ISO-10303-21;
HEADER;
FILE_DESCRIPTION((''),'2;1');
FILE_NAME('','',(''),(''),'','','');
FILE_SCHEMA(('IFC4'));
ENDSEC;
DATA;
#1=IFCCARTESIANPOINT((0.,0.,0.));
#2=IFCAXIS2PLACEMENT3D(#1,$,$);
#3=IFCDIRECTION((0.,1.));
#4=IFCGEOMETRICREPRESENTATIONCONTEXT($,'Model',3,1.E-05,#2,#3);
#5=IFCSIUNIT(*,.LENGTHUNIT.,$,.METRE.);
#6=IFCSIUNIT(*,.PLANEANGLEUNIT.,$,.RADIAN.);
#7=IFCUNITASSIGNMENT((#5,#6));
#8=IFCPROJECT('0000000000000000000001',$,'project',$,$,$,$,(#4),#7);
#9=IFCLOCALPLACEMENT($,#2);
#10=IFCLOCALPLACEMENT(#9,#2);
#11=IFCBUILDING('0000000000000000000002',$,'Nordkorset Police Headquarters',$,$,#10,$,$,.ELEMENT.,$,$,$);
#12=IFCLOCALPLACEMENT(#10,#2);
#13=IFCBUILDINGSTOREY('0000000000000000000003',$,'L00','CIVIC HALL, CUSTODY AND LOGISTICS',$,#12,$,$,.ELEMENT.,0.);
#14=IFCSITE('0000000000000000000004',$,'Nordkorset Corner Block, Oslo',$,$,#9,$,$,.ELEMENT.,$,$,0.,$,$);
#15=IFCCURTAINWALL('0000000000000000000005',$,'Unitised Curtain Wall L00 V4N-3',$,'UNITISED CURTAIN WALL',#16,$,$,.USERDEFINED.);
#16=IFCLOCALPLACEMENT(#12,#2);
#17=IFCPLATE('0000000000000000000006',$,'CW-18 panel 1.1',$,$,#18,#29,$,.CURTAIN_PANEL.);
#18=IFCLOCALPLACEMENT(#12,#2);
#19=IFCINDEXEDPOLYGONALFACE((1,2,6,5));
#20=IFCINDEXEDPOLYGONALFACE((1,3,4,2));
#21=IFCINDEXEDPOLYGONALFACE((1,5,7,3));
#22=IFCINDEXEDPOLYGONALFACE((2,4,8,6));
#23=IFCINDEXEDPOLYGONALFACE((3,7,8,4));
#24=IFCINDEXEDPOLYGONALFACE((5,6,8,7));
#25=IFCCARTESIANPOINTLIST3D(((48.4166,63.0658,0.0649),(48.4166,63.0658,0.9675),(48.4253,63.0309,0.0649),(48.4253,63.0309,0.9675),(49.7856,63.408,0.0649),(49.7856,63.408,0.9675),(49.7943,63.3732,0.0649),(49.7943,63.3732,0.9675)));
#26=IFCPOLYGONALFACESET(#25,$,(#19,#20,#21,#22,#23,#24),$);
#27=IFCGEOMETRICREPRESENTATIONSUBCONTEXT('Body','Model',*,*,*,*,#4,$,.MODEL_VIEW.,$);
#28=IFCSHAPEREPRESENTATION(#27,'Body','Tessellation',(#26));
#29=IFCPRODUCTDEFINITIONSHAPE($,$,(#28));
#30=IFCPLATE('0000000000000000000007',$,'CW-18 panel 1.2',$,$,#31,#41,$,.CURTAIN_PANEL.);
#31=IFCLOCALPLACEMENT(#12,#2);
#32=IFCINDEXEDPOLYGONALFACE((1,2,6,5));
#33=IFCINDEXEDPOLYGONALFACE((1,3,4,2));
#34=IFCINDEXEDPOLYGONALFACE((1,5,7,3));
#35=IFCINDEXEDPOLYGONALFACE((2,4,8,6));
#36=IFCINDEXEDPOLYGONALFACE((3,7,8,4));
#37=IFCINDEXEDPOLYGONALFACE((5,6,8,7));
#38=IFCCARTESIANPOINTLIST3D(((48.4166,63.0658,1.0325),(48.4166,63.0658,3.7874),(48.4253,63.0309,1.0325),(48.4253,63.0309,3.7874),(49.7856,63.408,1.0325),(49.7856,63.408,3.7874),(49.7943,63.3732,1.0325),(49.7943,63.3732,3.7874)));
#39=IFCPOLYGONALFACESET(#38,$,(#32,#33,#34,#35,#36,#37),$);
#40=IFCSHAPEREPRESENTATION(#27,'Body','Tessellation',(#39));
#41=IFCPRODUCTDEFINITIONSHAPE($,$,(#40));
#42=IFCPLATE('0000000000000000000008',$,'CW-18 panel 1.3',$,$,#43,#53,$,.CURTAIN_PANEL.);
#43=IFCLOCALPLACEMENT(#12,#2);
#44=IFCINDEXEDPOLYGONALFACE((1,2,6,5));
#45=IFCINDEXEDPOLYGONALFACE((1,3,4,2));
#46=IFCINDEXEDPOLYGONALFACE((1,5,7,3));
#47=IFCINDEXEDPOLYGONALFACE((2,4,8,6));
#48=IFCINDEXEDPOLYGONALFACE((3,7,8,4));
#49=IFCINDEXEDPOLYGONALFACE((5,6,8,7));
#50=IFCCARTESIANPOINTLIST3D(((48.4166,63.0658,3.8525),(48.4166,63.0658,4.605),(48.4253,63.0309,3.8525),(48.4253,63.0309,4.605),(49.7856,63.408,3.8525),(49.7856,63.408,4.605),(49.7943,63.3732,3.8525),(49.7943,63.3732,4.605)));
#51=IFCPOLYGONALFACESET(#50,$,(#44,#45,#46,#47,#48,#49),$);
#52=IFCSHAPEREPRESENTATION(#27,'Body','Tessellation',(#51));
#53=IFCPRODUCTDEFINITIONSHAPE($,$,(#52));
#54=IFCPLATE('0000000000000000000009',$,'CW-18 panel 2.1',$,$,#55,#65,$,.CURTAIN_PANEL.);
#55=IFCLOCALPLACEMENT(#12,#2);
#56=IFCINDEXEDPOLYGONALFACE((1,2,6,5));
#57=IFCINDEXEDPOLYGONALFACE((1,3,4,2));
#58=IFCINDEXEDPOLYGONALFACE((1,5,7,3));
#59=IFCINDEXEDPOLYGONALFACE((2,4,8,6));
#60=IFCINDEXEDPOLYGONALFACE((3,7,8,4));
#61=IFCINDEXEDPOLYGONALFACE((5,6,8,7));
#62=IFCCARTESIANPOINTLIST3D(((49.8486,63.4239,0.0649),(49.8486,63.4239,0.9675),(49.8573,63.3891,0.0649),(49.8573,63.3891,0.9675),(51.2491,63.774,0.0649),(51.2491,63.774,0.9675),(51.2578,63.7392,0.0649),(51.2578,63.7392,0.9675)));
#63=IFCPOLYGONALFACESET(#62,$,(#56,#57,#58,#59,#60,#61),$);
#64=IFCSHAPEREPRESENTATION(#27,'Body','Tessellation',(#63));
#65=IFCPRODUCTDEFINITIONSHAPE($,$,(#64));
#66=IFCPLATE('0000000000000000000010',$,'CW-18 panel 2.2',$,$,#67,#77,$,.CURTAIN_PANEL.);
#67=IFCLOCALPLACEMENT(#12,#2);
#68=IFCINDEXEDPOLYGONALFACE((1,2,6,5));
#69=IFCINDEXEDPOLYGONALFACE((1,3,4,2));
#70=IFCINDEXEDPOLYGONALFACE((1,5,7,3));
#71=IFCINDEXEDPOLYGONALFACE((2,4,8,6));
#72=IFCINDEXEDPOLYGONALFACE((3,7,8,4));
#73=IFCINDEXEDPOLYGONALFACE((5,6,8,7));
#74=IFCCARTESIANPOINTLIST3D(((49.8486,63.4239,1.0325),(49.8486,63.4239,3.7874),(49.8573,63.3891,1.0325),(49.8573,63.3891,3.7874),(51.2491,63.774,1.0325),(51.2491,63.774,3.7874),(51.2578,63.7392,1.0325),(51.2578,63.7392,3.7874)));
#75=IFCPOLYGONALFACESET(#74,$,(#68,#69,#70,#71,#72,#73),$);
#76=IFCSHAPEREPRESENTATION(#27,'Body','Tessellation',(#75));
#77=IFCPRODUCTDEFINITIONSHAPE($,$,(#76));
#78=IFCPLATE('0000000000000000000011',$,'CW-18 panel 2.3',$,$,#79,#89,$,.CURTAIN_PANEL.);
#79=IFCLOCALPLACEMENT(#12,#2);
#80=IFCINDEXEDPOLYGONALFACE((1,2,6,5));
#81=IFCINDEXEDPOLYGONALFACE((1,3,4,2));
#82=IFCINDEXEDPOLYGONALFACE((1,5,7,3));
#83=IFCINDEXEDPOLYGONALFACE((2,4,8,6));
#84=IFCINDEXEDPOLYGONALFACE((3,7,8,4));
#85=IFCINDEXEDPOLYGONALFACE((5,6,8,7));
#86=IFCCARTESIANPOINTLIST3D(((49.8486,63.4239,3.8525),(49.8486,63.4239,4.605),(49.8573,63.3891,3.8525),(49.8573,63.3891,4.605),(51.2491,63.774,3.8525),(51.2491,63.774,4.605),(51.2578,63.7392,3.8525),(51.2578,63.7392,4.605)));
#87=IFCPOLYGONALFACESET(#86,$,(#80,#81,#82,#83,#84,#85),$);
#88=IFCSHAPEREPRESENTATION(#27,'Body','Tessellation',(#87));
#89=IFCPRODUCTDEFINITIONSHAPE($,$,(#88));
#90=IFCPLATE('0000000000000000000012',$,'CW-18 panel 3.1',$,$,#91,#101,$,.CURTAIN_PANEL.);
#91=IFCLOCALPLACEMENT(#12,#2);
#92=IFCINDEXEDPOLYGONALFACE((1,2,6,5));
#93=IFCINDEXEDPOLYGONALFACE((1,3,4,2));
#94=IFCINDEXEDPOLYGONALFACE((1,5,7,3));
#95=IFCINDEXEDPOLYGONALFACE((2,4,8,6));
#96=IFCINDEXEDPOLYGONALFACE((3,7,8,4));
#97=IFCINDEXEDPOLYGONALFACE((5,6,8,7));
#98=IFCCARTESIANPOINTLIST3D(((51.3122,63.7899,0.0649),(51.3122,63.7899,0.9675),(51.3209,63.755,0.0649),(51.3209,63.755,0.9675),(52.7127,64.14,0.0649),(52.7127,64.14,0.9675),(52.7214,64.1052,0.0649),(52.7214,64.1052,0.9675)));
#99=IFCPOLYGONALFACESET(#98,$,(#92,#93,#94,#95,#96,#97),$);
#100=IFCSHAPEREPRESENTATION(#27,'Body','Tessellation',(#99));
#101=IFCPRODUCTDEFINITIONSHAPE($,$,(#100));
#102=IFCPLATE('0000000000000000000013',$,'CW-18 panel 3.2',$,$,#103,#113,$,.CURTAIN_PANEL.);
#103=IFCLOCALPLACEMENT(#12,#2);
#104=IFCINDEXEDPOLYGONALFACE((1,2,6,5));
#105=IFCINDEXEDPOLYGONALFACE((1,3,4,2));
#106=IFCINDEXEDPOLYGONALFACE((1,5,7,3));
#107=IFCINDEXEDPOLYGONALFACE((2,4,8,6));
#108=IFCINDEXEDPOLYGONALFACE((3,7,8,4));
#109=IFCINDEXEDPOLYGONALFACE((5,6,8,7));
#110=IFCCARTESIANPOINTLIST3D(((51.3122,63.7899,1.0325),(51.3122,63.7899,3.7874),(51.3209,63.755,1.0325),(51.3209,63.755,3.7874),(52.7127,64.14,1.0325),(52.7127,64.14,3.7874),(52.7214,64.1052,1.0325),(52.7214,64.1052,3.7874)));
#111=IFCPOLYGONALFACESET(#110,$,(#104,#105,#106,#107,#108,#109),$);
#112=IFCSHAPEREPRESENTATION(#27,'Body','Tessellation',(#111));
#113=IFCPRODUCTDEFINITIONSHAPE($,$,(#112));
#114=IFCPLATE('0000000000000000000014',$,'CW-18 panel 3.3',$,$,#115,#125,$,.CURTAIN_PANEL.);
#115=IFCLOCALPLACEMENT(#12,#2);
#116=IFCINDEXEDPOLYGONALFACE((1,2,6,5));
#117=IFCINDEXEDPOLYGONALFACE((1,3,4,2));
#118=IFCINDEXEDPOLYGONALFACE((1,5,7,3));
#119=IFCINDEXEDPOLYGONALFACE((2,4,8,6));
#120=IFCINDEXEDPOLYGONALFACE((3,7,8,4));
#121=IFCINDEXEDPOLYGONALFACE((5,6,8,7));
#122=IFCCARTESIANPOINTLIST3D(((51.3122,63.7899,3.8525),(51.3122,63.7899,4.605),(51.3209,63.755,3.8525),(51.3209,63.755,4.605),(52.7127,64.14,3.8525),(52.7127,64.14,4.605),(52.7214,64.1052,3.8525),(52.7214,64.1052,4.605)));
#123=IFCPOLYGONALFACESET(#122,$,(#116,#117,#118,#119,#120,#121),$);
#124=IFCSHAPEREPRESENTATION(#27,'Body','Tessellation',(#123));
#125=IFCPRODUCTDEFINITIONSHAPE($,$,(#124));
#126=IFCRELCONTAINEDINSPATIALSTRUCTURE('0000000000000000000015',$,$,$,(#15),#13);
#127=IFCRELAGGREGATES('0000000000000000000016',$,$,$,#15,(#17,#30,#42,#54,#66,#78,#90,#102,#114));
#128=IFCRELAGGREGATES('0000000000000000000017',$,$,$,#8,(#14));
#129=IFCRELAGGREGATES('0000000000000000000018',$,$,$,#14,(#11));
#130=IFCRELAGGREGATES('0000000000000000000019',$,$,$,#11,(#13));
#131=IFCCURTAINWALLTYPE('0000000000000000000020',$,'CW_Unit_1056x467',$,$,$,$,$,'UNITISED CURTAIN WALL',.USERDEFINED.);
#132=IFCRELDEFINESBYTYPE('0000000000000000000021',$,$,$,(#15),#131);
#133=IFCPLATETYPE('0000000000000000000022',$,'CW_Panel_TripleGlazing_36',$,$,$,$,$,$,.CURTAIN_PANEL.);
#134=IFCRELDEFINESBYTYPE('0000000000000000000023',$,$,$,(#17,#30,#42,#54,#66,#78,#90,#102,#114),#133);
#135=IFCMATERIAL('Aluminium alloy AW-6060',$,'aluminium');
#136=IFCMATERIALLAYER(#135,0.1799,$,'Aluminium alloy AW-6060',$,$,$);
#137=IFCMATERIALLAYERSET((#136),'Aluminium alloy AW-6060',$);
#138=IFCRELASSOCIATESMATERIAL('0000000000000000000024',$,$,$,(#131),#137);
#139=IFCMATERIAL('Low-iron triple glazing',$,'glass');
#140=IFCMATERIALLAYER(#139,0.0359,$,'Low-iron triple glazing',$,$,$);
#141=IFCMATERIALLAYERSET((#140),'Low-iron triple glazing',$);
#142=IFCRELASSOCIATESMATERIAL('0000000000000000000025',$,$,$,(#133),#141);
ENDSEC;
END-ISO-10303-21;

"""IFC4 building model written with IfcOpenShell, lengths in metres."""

from ifc_helpers import new_model, si_unit, direction, frame, origin, origin_2d, place, context, subcontext, project, spatial, rectangle, extrude, material, layer, layer_set, type_object, element, aggregate, save


model = new_model("IFC4")

# Units and contexts
model_context = context("Model", 3, precision=1e-05, world=origin(), true_north=direction((0.0, 1.0)))
body_context = subcontext(model_context, "Body", "Model", "MODEL_VIEW")
ifc_project = project(units=[si_unit("LENGTHUNIT", "METRE"), si_unit("PLANEANGLEUNIT", "RADIAN")], contexts=[model_context])

# Site, building, storey
site_placement = place(None, origin())
site = spatial("IfcSite", under=ifc_project, at=site_placement, Name="Nordkorset Corner Block, Oslo", CompositionType="ELEMENT", RefElevation=0.0)
building_placement = place(site_placement, origin())
building = spatial("IfcBuilding", under=site, at=building_placement, Name="Nordkorset Police Headquarters", CompositionType="ELEMENT")
storey_placement = place(building_placement, origin())
storey = spatial("IfcBuildingStorey", under=building, at=storey_placement, Name="L00", Description="CIVIC HALL, CUSTODY AND LOGISTICS", CompositionType="ELEMENT", Elevation=0.0)

# Curtain wall, plates
ifc_material_1 = material(Name="Aluminium alloy AW-6060", Category="aluminium")
ifc_layer_1 = layer(ifc_material_1, 0.1799, Name="Aluminium alloy AW-6060")
ifc_layer_set_1 = layer_set([ifc_layer_1], Name="Aluminium alloy AW-6060")
curtain_wall_type = type_object("IfcCurtainWallType", Name="CW_Unit_1056x467", ElementType="UNITISED CURTAIN WALL", PredefinedType="USERDEFINED", material=ifc_layer_set_1)
curtain_wall_placement = place(storey_placement, origin())
curtain_wall = element("IfcCurtainWall", 1, at=curtain_wall_placement, inside=storey, type_object=curtain_wall_type, Name="Unitised Curtain Wall L00 V4N-3", ObjectType="UNITISED CURTAIN WALL", PredefinedType="USERDEFINED")
ifc_material_2 = material(Name="Low-iron triple glazing", Category="glass")
ifc_layer_2 = layer(ifc_material_2, 0.0359, Name="Low-iron triple glazing")
ifc_layer_set_2 = layer_set([ifc_layer_2], Name="Low-iron triple glazing")
plate_type = type_object("IfcPlateType", Name="CW_Panel_TripleGlazing_36", PredefinedType="CURTAIN_PANEL", material=ifc_layer_set_2)
plate_1_placement = place(storey_placement, frame((49.1055, 63.2195, 0.0649), z_axis=(0.0, 0.0, 1.0), x_axis=(0.970142, 0.242536, 0.0)))
plate_1 = element("IfcPlate", 2, at=plate_1_placement, type_object=plate_type, Name="CW-18 panel 1.1", PredefinedType="CURTAIN_PANEL", context=body_context, shape_type="SweptSolid", body=[
    extrude(rectangle(XDim=1.4111, YDim=0.0359, at=origin_2d()), origin(), (0.0, 0.0, 1.0), 0.9026),
])
plate_2_placement = place(storey_placement, frame((49.1055, 63.2195, 1.0325), z_axis=(0.0, 0.0, 1.0), x_axis=(0.970142, 0.242536, 0.0)))
plate_2 = element("IfcPlate", 3, at=plate_2_placement, type_object=plate_type, Name="CW-18 panel 1.2", PredefinedType="CURTAIN_PANEL", context=body_context, shape_type="SweptSolid", body=[
    extrude(rectangle(XDim=1.4111, YDim=0.0359, at=origin_2d()), origin(), (0.0, 0.0, 1.0), 2.7549),
])
plate_3_placement = place(storey_placement, frame((49.1055, 63.2195, 3.8525), z_axis=(0.0, 0.0, 1.0), x_axis=(0.970142, 0.242536, 0.0)))
plate_3 = element("IfcPlate", 4, at=plate_3_placement, type_object=plate_type, Name="CW-18 panel 1.3", PredefinedType="CURTAIN_PANEL", context=body_context, shape_type="SweptSolid", body=[
    extrude(rectangle(XDim=1.4111, YDim=0.0359, at=origin_2d()), origin(), (0.0, 0.0, 1.0), 0.7524),
])
plate_4_placement = place(storey_placement, frame((50.5532, 63.5815, 0.0649), z_axis=(0.0, 0.0, 1.0), x_axis=(0.970142, 0.242536, 0.0)))
plate_4 = element("IfcPlate", 5, at=plate_4_placement, type_object=plate_type, Name="CW-18 panel 2.1", PredefinedType="CURTAIN_PANEL", context=body_context, shape_type="SweptSolid", body=[
    extrude(rectangle(XDim=1.4436, YDim=0.0359, at=origin_2d()), origin(), (0.0, 0.0, 1.0), 0.9026),
])
plate_5_placement = place(storey_placement, frame((50.5532, 63.5815, 1.0325), z_axis=(0.0, 0.0, 1.0), x_axis=(0.970142, 0.242536, 0.0)))
plate_5 = element("IfcPlate", 6, at=plate_5_placement, type_object=plate_type, Name="CW-18 panel 2.2", PredefinedType="CURTAIN_PANEL", context=body_context, shape_type="SweptSolid", body=[
    extrude(rectangle(XDim=1.4436, YDim=0.0359, at=origin_2d()), origin(), (0.0, 0.0, 1.0), 2.7549),
])
plate_6_placement = place(storey_placement, frame((50.5532, 63.5815, 3.8525), z_axis=(0.0, 0.0, 1.0), x_axis=(0.970142, 0.242536, 0.0)))
plate_6 = element("IfcPlate", 7, at=plate_6_placement, type_object=plate_type, Name="CW-18 panel 2.3", PredefinedType="CURTAIN_PANEL", context=body_context, shape_type="SweptSolid", body=[
    extrude(rectangle(XDim=1.4436, YDim=0.0359, at=origin_2d()), origin(), (0.0, 0.0, 1.0), 0.7524),
])
plate_7_placement = place(storey_placement, frame((52.0168, 63.9475, 0.0649), z_axis=(0.0, 0.0, 1.0), x_axis=(0.970142, 0.242536, 0.0)))
plate_7 = element("IfcPlate", 8, at=plate_7_placement, type_object=plate_type, Name="CW-18 panel 3.1", PredefinedType="CURTAIN_PANEL", context=body_context, shape_type="SweptSolid", body=[
    extrude(rectangle(XDim=1.4436, YDim=0.0359, at=origin_2d()), origin(), (0.0, 0.0, 1.0), 0.9026),
])
plate_8_placement = place(storey_placement, frame((52.0168, 63.9475, 1.0325), z_axis=(0.0, 0.0, 1.0), x_axis=(0.970142, 0.242536, 0.0)))
plate_8 = element("IfcPlate", 9, at=plate_8_placement, type_object=plate_type, Name="CW-18 panel 3.2", PredefinedType="CURTAIN_PANEL", context=body_context, shape_type="SweptSolid", body=[
    extrude(rectangle(XDim=1.4436, YDim=0.0359, at=origin_2d()), origin(), (0.0, 0.0, 1.0), 2.7549),
])
plate_9_placement = place(storey_placement, frame((52.0168, 63.9475, 3.8525), z_axis=(0.0, 0.0, 1.0), x_axis=(0.970142, 0.242536, 0.0)))
plate_9 = element("IfcPlate", 10, at=plate_9_placement, type_object=plate_type, Name="CW-18 panel 3.3", PredefinedType="CURTAIN_PANEL", context=body_context, shape_type="SweptSolid", body=[
    extrude(rectangle(XDim=1.4436, YDim=0.0359, at=origin_2d()), origin(), (0.0, 0.0, 1.0), 0.7524),
])
aggregate(curtain_wall, [plate_1, plate_2, plate_3, plate_4, plate_5, plate_6, plate_7, plate_8, plate_9])

save(model, "model.ifc")
